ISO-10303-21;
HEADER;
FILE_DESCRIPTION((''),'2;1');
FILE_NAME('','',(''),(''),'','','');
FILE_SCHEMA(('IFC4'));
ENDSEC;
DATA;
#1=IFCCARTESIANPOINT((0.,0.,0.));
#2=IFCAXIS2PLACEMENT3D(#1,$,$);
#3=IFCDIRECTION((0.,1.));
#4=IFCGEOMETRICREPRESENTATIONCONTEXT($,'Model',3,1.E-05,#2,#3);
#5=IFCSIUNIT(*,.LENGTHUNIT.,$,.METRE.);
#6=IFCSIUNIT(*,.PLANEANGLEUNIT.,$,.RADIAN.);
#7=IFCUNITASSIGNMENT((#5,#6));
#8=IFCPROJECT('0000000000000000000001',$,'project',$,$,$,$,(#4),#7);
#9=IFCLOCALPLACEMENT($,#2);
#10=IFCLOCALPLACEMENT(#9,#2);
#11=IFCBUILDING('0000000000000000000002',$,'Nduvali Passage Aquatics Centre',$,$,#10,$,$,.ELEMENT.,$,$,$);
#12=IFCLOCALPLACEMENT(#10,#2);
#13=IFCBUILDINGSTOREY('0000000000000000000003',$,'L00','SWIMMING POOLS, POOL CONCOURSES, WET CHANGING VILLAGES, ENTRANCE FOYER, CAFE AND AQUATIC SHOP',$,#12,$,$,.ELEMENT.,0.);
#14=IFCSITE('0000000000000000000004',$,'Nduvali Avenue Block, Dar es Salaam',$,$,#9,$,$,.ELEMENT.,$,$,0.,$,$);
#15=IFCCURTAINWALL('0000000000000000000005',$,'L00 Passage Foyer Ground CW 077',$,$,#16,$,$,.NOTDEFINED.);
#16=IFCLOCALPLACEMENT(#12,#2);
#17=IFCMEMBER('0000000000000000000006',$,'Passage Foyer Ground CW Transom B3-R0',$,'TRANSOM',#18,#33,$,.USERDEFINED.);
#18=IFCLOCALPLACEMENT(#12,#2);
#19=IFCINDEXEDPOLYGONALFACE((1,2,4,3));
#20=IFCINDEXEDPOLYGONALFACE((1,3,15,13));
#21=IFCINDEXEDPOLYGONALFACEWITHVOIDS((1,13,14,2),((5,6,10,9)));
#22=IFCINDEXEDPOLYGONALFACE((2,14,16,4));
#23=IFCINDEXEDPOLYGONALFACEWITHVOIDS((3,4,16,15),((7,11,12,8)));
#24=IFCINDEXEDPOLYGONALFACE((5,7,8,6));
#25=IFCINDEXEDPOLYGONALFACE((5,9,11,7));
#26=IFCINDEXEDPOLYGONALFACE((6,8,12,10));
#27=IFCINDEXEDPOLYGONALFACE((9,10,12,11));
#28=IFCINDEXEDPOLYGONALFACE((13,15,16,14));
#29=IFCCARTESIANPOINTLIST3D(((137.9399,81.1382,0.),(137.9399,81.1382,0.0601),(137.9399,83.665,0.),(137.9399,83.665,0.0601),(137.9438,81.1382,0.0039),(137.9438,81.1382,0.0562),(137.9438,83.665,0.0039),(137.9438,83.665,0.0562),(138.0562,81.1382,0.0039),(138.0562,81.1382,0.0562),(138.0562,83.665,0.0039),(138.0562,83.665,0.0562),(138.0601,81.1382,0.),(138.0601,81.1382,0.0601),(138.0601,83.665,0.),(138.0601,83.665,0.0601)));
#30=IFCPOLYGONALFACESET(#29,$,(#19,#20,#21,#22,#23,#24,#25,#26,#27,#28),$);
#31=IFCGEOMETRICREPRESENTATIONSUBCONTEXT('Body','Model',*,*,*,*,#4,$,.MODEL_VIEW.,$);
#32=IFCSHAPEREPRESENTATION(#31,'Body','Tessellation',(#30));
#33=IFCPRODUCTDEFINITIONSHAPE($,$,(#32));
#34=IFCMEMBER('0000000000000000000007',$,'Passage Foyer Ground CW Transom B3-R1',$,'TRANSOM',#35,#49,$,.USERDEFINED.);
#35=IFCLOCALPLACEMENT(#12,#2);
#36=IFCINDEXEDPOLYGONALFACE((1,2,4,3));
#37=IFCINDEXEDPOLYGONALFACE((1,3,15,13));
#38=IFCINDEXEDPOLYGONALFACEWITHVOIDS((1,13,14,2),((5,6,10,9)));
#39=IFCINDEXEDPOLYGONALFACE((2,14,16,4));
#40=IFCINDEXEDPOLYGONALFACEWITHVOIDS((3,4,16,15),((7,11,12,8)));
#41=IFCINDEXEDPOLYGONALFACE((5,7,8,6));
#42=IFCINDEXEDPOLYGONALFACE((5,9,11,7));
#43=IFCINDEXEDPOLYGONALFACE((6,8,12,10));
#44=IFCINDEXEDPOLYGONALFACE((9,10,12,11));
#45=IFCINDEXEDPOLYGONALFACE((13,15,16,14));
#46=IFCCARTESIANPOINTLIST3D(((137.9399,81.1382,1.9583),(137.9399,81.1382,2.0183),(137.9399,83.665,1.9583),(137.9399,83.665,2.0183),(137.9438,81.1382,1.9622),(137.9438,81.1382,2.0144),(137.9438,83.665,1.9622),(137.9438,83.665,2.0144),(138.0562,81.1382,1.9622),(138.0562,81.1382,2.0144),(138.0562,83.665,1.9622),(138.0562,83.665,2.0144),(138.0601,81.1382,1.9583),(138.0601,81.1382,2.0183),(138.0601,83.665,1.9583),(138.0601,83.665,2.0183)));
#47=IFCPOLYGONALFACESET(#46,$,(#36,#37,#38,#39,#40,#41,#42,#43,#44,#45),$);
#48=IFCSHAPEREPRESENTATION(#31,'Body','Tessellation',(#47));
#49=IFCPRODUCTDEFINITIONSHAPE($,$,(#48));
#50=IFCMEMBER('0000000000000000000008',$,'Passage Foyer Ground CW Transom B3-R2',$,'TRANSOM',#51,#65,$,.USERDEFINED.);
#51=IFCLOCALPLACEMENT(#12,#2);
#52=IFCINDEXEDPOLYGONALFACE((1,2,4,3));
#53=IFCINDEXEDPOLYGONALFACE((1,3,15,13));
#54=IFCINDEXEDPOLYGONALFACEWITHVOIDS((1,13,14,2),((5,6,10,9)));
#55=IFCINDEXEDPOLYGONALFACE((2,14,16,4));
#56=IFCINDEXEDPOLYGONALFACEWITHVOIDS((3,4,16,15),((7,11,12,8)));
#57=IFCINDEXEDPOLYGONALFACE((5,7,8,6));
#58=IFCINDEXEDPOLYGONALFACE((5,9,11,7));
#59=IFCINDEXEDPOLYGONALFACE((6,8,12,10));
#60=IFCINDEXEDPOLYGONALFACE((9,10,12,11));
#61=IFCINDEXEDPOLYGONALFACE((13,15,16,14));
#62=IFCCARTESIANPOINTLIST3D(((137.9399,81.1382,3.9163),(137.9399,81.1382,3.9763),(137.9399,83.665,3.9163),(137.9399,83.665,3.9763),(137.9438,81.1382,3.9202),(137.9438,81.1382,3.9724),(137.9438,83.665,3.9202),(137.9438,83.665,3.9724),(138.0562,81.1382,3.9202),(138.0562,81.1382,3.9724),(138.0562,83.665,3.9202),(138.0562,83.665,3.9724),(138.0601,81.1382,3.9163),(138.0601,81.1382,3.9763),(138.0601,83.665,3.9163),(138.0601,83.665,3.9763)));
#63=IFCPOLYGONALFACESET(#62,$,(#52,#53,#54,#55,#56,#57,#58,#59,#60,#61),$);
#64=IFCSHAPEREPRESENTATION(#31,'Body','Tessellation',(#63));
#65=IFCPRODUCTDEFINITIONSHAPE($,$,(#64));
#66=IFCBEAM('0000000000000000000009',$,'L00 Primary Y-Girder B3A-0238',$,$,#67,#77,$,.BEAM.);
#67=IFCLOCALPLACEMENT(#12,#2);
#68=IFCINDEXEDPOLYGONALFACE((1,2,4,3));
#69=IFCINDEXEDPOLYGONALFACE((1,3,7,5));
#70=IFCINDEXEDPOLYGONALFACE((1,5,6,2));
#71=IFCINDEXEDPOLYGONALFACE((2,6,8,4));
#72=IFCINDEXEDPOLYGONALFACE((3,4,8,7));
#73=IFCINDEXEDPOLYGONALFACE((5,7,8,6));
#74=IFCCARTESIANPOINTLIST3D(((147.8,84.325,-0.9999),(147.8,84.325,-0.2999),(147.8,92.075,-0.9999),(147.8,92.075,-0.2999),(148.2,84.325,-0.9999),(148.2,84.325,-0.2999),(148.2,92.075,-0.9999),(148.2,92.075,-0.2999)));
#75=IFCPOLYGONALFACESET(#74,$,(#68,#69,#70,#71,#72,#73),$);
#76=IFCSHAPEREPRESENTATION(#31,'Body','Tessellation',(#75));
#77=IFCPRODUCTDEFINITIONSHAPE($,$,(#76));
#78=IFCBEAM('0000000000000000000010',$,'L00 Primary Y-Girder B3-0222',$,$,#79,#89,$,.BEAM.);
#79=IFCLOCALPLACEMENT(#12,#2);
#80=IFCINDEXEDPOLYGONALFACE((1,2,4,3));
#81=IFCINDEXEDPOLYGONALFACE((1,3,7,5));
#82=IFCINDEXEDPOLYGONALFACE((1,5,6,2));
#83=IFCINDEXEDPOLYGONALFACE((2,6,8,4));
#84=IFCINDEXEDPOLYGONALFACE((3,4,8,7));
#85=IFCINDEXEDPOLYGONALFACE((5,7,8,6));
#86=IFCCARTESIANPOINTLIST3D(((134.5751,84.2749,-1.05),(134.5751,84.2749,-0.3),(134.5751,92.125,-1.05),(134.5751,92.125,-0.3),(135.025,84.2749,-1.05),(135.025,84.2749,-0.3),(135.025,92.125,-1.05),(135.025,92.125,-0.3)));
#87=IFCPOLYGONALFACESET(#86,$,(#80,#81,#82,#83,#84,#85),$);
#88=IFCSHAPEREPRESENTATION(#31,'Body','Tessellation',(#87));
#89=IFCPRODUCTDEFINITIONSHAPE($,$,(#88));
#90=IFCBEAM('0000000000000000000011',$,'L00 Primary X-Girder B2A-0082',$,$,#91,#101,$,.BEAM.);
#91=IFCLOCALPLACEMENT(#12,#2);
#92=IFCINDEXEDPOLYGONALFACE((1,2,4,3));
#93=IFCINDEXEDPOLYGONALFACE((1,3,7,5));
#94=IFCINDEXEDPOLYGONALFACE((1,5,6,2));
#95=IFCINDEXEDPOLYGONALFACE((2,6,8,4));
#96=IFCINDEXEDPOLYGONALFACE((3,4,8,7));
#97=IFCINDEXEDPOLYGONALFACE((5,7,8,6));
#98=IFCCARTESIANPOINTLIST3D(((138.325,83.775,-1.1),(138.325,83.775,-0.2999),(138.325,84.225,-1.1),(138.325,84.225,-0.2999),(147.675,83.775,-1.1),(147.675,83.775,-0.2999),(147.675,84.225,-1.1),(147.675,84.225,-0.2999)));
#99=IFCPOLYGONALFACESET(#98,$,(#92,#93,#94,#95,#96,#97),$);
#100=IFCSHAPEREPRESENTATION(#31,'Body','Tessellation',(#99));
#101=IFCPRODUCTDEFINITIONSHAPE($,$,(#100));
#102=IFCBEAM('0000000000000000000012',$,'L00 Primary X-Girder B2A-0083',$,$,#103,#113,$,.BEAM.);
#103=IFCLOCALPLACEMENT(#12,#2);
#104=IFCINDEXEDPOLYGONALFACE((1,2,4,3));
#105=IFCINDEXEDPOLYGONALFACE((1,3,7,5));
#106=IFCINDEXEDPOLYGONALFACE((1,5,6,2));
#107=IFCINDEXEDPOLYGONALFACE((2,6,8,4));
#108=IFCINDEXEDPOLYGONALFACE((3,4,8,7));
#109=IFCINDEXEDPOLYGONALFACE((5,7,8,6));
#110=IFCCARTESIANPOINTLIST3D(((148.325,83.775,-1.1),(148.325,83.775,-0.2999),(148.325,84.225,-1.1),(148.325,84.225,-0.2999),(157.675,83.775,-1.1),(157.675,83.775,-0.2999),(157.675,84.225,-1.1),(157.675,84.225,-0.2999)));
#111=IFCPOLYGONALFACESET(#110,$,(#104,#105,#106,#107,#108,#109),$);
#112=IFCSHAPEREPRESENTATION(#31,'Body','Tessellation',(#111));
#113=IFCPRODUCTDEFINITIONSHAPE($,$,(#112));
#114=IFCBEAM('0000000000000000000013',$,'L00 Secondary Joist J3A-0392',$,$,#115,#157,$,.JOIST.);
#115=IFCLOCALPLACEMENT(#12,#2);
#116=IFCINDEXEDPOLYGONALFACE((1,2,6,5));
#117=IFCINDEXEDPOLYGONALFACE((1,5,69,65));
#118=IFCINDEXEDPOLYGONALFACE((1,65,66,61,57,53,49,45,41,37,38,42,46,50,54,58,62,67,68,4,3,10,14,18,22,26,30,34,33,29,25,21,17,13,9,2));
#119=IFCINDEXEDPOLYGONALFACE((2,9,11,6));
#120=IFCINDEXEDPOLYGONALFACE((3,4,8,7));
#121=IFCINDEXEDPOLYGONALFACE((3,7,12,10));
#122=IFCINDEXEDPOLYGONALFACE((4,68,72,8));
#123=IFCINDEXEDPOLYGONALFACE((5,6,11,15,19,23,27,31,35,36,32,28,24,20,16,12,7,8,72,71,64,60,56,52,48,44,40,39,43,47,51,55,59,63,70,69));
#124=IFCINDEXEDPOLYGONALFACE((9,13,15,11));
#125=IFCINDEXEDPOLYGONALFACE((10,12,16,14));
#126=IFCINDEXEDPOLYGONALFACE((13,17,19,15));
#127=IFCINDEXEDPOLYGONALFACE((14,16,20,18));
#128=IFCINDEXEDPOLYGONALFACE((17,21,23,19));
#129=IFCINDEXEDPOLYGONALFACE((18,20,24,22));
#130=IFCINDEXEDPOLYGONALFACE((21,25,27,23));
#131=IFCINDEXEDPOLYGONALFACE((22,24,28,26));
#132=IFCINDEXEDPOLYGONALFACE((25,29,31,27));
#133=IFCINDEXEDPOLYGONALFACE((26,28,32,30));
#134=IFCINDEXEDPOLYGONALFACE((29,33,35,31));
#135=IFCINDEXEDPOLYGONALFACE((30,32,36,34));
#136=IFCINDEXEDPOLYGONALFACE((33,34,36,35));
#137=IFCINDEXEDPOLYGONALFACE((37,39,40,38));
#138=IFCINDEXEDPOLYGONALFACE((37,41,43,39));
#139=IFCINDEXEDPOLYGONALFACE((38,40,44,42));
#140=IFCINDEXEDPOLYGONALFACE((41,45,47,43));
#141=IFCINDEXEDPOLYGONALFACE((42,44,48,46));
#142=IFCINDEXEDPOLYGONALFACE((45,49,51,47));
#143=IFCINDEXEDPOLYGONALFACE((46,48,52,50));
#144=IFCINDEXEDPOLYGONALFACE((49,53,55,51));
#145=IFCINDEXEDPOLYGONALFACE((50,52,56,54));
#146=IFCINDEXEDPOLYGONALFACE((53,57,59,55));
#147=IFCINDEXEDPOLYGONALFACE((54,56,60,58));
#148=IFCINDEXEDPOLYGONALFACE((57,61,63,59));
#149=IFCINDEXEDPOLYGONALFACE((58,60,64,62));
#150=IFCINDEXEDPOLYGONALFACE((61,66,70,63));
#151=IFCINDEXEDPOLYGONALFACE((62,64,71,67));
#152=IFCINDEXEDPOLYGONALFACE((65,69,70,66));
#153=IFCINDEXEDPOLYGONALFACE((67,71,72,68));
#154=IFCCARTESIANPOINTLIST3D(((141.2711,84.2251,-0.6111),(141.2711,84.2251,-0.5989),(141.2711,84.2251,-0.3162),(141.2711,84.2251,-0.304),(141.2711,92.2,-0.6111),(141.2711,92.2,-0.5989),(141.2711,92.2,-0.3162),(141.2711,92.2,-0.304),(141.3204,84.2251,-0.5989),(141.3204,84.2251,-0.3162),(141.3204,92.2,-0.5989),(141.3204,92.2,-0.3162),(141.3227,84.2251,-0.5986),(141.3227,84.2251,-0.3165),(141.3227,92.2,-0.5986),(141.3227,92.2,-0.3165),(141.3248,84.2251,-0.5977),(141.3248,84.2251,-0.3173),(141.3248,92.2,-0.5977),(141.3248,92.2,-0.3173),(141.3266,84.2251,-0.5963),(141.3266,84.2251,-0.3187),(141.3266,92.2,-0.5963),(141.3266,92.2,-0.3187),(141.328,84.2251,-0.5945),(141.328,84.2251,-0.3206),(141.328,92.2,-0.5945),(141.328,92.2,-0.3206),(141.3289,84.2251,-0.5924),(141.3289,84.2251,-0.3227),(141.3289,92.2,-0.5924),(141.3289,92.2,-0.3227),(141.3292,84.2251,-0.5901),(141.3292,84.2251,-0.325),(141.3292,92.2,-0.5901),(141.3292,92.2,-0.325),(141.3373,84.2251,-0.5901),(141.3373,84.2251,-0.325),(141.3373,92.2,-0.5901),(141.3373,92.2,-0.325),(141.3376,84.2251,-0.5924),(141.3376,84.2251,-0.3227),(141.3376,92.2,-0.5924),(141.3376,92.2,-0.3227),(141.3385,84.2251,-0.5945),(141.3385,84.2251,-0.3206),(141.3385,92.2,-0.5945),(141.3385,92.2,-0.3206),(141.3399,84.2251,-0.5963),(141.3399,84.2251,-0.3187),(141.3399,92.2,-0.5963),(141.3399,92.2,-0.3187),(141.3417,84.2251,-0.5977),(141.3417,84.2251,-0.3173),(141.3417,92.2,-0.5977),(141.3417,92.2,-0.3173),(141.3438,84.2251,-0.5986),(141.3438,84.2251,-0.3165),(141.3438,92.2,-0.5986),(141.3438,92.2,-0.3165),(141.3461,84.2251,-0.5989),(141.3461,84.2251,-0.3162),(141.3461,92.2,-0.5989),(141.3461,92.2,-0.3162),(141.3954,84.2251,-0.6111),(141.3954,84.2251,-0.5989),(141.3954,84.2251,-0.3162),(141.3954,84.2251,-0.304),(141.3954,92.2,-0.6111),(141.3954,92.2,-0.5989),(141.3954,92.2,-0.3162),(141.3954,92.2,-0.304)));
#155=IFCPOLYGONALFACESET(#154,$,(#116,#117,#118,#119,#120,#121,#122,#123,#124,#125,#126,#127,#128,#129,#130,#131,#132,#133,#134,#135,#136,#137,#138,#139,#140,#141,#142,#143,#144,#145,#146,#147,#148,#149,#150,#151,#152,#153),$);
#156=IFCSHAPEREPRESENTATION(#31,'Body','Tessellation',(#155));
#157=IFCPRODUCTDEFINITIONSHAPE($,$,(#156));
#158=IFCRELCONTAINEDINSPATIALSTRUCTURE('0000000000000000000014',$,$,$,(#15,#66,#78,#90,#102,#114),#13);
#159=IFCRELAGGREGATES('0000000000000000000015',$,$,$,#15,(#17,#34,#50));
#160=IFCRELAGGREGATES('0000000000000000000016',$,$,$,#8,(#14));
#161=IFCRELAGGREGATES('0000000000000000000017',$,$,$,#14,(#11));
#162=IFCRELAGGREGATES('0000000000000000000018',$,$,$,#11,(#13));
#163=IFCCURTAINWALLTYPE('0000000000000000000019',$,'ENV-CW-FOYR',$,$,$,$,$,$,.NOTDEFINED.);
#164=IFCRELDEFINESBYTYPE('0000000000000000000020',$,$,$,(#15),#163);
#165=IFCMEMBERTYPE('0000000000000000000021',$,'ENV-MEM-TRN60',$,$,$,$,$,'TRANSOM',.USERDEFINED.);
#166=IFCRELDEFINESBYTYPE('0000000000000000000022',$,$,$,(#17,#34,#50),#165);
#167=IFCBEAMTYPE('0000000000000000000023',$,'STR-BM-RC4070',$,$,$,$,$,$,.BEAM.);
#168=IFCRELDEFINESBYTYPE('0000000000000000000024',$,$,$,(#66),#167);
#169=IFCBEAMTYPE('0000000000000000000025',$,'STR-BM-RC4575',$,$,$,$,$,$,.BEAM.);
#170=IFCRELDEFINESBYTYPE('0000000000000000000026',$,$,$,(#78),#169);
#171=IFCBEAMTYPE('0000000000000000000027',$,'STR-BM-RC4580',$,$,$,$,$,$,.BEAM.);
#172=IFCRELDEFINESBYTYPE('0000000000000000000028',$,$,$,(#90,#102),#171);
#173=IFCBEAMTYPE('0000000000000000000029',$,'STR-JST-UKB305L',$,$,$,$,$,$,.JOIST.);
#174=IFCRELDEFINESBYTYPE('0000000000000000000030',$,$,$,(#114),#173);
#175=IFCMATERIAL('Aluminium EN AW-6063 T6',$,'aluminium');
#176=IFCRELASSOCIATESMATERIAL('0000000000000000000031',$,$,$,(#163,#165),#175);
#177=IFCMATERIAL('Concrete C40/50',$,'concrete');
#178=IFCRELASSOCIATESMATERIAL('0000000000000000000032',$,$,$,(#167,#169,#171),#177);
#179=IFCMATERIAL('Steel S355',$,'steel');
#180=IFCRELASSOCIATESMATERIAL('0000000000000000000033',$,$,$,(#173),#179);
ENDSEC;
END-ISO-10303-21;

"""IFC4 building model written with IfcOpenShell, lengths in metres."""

from ifc_helpers import new_model, si_unit, direction, frame, origin, origin_2d, place, context, subcontext, project, spatial, rectangle, hollow_rectangle, i_section, extrude, material, material_profile, profile_set, type_object, element, aggregate, save


model = new_model("IFC4")

# Units and contexts
model_context = context("Model", 3, precision=1e-05, world=origin(), true_north=direction((0.0, 1.0)))
body_context = subcontext(model_context, "Body", "Model", "MODEL_VIEW")
ifc_project = project(units=[si_unit("LENGTHUNIT", "METRE"), si_unit("PLANEANGLEUNIT", "RADIAN")], contexts=[model_context])

# Site, building, storey
site_placement = place(None, origin())
site = spatial("IfcSite", under=ifc_project, at=site_placement, Name="Nduvali Avenue Block, Dar es Salaam", CompositionType="ELEMENT", RefElevation=0.0)
building_placement = place(site_placement, origin())
building = spatial("IfcBuilding", under=site, at=building_placement, Name="Nduvali Passage Aquatics Centre", CompositionType="ELEMENT")
storey_placement = place(building_placement, origin())
storey = spatial("IfcBuildingStorey", under=building, at=storey_placement, Name="L00", Description="SWIMMING POOLS, POOL CONCOURSES, WET CHANGING VILLAGES, ENTRANCE FOYER, CAFE AND AQUATIC SHOP", CompositionType="ELEMENT", Elevation=0.0)

# Shared definitions
ifc_material_1 = material(Name="Concrete C40/50", Category="concrete")
ifc_material_2 = material(Name="Steel S355", Category="steel")

# Curtain wall, members
ifc_material_3 = material(Name="Aluminium EN AW-6063 T6", Category="aluminium")
curtain_wall_type = type_object("IfcCurtainWallType", Name="ENV-CW-FOYR", PredefinedType="NOTDEFINED", material=ifc_material_3)
curtain_wall_placement = place(storey_placement, origin())
curtain_wall = element("IfcCurtainWall", 1, at=curtain_wall_placement, inside=storey, type_object=curtain_wall_type, Name="L00 Passage Foyer Ground CW 077", PredefinedType="NOTDEFINED")
ifc_material_profile_1 = material_profile(ifc_material_3, hollow_rectangle(XDim=0.1201, YDim=0.0601, WallThickness=0.0039, at=origin_2d()), Name="ALU TRANSOM 120x60x4")
ifc_profile_set_1 = profile_set([ifc_material_profile_1], Name="Aluminium EN AW-6063 T6")
member_type_1 = type_object("IfcMemberType", Name="ENV-MEM-TRN60", ElementType="TRANSOM", PredefinedType="USERDEFINED", material=ifc_profile_set_1)
member_1_placement = place(storey_placement, frame((138.0, 81.1382, 0.03), z_axis=(0.0, 1.0, 0.0), x_axis=(-1.0, 0.0, 0.0)))
member_1 = element("IfcMember", 2, at=member_1_placement, type_object=member_type_1, Name="Passage Foyer Ground CW Transom B3-R0", ObjectType="TRANSOM", PredefinedType="USERDEFINED", context=body_context, shape_type="SweptSolid", body=[
    extrude(hollow_rectangle(XDim=0.1201, YDim=0.0601, WallThickness=0.0039, at=origin_2d()), origin(), (0.0, 0.0, 1.0), 2.5269),
])
member_2_placement = place(storey_placement, frame((138.0, 81.1382, 1.9883), z_axis=(0.0, 1.0, 0.0), x_axis=(-1.0, 0.0, 0.0)))
member_2 = element("IfcMember", 3, at=member_2_placement, type_object=member_type_1, Name="Passage Foyer Ground CW Transom B3-R1", ObjectType="TRANSOM", PredefinedType="USERDEFINED", context=body_context, shape_type="SweptSolid", body=[
    extrude(hollow_rectangle(XDim=0.1201, YDim=0.0601, WallThickness=0.0039, at=origin_2d()), origin(), (0.0, 0.0, 1.0), 2.5269),
])
member_3_placement = place(storey_placement, frame((138.0, 81.1382, 3.9463), z_axis=(0.0, 1.0, 0.0), x_axis=(-1.0, 0.0, 0.0)))
member_3 = element("IfcMember", 4, at=member_3_placement, type_object=member_type_1, Name="Passage Foyer Ground CW Transom B3-R2", ObjectType="TRANSOM", PredefinedType="USERDEFINED", context=body_context, shape_type="SweptSolid", body=[
    extrude(hollow_rectangle(XDim=0.1201, YDim=0.0601, WallThickness=0.0039, at=origin_2d()), origin(), (0.0, 0.0, 1.0), 2.5269),
])

# Beams
ifc_material_profile_2 = material_profile(ifc_material_1, rectangle(XDim=0.3999, YDim=0.7, at=origin_2d()), Name="RC 400x700")
ifc_profile_set_2 = profile_set([ifc_material_profile_2], Name="Concrete C40/50")
beam_type_1 = type_object("IfcBeamType", Name="STR-BM-RC4070", PredefinedType="BEAM", material=ifc_profile_set_2)
beam_1_placement = place(storey_placement, frame((148.0, 84.325, -0.6499), z_axis=(0.0, 1.0, 0.0), x_axis=(-1.0, 0.0, 0.0)))
element("IfcBeam", 5, at=beam_1_placement, inside=storey, type_object=beam_type_1, Name="L00 Primary Y-Girder B3A-0238", PredefinedType="BEAM", context=body_context, shape_type="SweptSolid", body=[
    extrude(rectangle(XDim=0.3999, YDim=0.7, at=origin_2d()), origin(), (0.0, 0.0, 1.0), 7.75),
])
ifc_material_profile_3 = material_profile(ifc_material_1, rectangle(XDim=0.45, YDim=0.75, at=origin_2d()), Name="RC 450x750")
ifc_profile_set_3 = profile_set([ifc_material_profile_3], Name="Concrete C40/50")
beam_type_2 = type_object("IfcBeamType", Name="STR-BM-RC4575", PredefinedType="BEAM", material=ifc_profile_set_3)
beam_2_placement = place(storey_placement, frame((134.8, 84.2749, -0.675), z_axis=(0.0, 1.0, 0.0), x_axis=(-1.0, 0.0, 0.0)))
element("IfcBeam", 6, at=beam_2_placement, inside=storey, type_object=beam_type_2, Name="L00 Primary Y-Girder B3-0222", PredefinedType="BEAM", context=body_context, shape_type="SweptSolid", body=[
    extrude(rectangle(XDim=0.45, YDim=0.75, at=origin_2d()), origin(), (0.0, 0.0, 1.0), 7.8501),
])
ifc_material_profile_4 = material_profile(ifc_material_1, rectangle(XDim=0.45, YDim=0.8, at=origin_2d()), Name="RC 450x800")
ifc_profile_set_4 = profile_set([ifc_material_profile_4], Name="Concrete C40/50")
beam_type_3 = type_object("IfcBeamType", Name="STR-BM-RC4580", PredefinedType="BEAM", material=ifc_profile_set_4)
for number, where, z_axis, x_axis, name in (
    (7, (138.325, 84.0, -0.7), (1.0, 0.0, 0.0), (0.0, 1.0, 0.0), "L00 Primary X-Girder B2A-0082"),
    (8, (148.325, 84.0, -0.7), (1.0, 0.0, 0.0), (0.0, 1.0, 0.0), "L00 Primary X-Girder B2A-0083"),
):
    element("IfcBeam", number, at=place(storey_placement, frame(where, z_axis=z_axis, x_axis=x_axis)), inside=storey, type_object=beam_type_3, Name=name, PredefinedType="BEAM", context=body_context, shape_type="SweptSolid", body=[
        extrude(rectangle(XDim=0.45, YDim=0.8, at=origin_2d()), origin(), (0.0, 0.0, 1.0), 9.3501),
    ])
ifc_material_profile_5 = material_profile(ifc_material_2, i_section(OverallWidth=0.1243, OverallDepth=0.3071, WebThickness=0.0081, FlangeThickness=0.0122, FilletRadius=0.0088, at=origin_2d()), Name="UKB 305x127x42")
ifc_profile_set_5 = profile_set([ifc_material_profile_5], Name="Steel S355")
beam_type_4 = type_object("IfcBeamType", Name="STR-JST-UKB305L", PredefinedType="JOIST", material=ifc_profile_set_5)
for number, where, z_axis, x_axis, name in (
    (9, (141.3333, 84.2251, -0.4575), (0.0, 1.0, 0.0), (-1.0, 0.0, 0.0), "L00 Secondary Joist J3A-0392"),
):
    element("IfcBeam", number, at=place(storey_placement, frame(where, z_axis=z_axis, x_axis=x_axis)), inside=storey, type_object=beam_type_4, Name=name, PredefinedType="JOIST", context=body_context, shape_type="SweptSolid", body=[
        extrude(i_section(OverallWidth=0.1243, OverallDepth=0.3071, WebThickness=0.0081, FlangeThickness=0.0122, FilletRadius=0.0088, at=origin_2d()), origin(), (0.0, 0.0, 1.0), 7.9749),
    ])

aggregate(curtain_wall, [member_1, member_2, member_3])

save(model, "model.ifc")
